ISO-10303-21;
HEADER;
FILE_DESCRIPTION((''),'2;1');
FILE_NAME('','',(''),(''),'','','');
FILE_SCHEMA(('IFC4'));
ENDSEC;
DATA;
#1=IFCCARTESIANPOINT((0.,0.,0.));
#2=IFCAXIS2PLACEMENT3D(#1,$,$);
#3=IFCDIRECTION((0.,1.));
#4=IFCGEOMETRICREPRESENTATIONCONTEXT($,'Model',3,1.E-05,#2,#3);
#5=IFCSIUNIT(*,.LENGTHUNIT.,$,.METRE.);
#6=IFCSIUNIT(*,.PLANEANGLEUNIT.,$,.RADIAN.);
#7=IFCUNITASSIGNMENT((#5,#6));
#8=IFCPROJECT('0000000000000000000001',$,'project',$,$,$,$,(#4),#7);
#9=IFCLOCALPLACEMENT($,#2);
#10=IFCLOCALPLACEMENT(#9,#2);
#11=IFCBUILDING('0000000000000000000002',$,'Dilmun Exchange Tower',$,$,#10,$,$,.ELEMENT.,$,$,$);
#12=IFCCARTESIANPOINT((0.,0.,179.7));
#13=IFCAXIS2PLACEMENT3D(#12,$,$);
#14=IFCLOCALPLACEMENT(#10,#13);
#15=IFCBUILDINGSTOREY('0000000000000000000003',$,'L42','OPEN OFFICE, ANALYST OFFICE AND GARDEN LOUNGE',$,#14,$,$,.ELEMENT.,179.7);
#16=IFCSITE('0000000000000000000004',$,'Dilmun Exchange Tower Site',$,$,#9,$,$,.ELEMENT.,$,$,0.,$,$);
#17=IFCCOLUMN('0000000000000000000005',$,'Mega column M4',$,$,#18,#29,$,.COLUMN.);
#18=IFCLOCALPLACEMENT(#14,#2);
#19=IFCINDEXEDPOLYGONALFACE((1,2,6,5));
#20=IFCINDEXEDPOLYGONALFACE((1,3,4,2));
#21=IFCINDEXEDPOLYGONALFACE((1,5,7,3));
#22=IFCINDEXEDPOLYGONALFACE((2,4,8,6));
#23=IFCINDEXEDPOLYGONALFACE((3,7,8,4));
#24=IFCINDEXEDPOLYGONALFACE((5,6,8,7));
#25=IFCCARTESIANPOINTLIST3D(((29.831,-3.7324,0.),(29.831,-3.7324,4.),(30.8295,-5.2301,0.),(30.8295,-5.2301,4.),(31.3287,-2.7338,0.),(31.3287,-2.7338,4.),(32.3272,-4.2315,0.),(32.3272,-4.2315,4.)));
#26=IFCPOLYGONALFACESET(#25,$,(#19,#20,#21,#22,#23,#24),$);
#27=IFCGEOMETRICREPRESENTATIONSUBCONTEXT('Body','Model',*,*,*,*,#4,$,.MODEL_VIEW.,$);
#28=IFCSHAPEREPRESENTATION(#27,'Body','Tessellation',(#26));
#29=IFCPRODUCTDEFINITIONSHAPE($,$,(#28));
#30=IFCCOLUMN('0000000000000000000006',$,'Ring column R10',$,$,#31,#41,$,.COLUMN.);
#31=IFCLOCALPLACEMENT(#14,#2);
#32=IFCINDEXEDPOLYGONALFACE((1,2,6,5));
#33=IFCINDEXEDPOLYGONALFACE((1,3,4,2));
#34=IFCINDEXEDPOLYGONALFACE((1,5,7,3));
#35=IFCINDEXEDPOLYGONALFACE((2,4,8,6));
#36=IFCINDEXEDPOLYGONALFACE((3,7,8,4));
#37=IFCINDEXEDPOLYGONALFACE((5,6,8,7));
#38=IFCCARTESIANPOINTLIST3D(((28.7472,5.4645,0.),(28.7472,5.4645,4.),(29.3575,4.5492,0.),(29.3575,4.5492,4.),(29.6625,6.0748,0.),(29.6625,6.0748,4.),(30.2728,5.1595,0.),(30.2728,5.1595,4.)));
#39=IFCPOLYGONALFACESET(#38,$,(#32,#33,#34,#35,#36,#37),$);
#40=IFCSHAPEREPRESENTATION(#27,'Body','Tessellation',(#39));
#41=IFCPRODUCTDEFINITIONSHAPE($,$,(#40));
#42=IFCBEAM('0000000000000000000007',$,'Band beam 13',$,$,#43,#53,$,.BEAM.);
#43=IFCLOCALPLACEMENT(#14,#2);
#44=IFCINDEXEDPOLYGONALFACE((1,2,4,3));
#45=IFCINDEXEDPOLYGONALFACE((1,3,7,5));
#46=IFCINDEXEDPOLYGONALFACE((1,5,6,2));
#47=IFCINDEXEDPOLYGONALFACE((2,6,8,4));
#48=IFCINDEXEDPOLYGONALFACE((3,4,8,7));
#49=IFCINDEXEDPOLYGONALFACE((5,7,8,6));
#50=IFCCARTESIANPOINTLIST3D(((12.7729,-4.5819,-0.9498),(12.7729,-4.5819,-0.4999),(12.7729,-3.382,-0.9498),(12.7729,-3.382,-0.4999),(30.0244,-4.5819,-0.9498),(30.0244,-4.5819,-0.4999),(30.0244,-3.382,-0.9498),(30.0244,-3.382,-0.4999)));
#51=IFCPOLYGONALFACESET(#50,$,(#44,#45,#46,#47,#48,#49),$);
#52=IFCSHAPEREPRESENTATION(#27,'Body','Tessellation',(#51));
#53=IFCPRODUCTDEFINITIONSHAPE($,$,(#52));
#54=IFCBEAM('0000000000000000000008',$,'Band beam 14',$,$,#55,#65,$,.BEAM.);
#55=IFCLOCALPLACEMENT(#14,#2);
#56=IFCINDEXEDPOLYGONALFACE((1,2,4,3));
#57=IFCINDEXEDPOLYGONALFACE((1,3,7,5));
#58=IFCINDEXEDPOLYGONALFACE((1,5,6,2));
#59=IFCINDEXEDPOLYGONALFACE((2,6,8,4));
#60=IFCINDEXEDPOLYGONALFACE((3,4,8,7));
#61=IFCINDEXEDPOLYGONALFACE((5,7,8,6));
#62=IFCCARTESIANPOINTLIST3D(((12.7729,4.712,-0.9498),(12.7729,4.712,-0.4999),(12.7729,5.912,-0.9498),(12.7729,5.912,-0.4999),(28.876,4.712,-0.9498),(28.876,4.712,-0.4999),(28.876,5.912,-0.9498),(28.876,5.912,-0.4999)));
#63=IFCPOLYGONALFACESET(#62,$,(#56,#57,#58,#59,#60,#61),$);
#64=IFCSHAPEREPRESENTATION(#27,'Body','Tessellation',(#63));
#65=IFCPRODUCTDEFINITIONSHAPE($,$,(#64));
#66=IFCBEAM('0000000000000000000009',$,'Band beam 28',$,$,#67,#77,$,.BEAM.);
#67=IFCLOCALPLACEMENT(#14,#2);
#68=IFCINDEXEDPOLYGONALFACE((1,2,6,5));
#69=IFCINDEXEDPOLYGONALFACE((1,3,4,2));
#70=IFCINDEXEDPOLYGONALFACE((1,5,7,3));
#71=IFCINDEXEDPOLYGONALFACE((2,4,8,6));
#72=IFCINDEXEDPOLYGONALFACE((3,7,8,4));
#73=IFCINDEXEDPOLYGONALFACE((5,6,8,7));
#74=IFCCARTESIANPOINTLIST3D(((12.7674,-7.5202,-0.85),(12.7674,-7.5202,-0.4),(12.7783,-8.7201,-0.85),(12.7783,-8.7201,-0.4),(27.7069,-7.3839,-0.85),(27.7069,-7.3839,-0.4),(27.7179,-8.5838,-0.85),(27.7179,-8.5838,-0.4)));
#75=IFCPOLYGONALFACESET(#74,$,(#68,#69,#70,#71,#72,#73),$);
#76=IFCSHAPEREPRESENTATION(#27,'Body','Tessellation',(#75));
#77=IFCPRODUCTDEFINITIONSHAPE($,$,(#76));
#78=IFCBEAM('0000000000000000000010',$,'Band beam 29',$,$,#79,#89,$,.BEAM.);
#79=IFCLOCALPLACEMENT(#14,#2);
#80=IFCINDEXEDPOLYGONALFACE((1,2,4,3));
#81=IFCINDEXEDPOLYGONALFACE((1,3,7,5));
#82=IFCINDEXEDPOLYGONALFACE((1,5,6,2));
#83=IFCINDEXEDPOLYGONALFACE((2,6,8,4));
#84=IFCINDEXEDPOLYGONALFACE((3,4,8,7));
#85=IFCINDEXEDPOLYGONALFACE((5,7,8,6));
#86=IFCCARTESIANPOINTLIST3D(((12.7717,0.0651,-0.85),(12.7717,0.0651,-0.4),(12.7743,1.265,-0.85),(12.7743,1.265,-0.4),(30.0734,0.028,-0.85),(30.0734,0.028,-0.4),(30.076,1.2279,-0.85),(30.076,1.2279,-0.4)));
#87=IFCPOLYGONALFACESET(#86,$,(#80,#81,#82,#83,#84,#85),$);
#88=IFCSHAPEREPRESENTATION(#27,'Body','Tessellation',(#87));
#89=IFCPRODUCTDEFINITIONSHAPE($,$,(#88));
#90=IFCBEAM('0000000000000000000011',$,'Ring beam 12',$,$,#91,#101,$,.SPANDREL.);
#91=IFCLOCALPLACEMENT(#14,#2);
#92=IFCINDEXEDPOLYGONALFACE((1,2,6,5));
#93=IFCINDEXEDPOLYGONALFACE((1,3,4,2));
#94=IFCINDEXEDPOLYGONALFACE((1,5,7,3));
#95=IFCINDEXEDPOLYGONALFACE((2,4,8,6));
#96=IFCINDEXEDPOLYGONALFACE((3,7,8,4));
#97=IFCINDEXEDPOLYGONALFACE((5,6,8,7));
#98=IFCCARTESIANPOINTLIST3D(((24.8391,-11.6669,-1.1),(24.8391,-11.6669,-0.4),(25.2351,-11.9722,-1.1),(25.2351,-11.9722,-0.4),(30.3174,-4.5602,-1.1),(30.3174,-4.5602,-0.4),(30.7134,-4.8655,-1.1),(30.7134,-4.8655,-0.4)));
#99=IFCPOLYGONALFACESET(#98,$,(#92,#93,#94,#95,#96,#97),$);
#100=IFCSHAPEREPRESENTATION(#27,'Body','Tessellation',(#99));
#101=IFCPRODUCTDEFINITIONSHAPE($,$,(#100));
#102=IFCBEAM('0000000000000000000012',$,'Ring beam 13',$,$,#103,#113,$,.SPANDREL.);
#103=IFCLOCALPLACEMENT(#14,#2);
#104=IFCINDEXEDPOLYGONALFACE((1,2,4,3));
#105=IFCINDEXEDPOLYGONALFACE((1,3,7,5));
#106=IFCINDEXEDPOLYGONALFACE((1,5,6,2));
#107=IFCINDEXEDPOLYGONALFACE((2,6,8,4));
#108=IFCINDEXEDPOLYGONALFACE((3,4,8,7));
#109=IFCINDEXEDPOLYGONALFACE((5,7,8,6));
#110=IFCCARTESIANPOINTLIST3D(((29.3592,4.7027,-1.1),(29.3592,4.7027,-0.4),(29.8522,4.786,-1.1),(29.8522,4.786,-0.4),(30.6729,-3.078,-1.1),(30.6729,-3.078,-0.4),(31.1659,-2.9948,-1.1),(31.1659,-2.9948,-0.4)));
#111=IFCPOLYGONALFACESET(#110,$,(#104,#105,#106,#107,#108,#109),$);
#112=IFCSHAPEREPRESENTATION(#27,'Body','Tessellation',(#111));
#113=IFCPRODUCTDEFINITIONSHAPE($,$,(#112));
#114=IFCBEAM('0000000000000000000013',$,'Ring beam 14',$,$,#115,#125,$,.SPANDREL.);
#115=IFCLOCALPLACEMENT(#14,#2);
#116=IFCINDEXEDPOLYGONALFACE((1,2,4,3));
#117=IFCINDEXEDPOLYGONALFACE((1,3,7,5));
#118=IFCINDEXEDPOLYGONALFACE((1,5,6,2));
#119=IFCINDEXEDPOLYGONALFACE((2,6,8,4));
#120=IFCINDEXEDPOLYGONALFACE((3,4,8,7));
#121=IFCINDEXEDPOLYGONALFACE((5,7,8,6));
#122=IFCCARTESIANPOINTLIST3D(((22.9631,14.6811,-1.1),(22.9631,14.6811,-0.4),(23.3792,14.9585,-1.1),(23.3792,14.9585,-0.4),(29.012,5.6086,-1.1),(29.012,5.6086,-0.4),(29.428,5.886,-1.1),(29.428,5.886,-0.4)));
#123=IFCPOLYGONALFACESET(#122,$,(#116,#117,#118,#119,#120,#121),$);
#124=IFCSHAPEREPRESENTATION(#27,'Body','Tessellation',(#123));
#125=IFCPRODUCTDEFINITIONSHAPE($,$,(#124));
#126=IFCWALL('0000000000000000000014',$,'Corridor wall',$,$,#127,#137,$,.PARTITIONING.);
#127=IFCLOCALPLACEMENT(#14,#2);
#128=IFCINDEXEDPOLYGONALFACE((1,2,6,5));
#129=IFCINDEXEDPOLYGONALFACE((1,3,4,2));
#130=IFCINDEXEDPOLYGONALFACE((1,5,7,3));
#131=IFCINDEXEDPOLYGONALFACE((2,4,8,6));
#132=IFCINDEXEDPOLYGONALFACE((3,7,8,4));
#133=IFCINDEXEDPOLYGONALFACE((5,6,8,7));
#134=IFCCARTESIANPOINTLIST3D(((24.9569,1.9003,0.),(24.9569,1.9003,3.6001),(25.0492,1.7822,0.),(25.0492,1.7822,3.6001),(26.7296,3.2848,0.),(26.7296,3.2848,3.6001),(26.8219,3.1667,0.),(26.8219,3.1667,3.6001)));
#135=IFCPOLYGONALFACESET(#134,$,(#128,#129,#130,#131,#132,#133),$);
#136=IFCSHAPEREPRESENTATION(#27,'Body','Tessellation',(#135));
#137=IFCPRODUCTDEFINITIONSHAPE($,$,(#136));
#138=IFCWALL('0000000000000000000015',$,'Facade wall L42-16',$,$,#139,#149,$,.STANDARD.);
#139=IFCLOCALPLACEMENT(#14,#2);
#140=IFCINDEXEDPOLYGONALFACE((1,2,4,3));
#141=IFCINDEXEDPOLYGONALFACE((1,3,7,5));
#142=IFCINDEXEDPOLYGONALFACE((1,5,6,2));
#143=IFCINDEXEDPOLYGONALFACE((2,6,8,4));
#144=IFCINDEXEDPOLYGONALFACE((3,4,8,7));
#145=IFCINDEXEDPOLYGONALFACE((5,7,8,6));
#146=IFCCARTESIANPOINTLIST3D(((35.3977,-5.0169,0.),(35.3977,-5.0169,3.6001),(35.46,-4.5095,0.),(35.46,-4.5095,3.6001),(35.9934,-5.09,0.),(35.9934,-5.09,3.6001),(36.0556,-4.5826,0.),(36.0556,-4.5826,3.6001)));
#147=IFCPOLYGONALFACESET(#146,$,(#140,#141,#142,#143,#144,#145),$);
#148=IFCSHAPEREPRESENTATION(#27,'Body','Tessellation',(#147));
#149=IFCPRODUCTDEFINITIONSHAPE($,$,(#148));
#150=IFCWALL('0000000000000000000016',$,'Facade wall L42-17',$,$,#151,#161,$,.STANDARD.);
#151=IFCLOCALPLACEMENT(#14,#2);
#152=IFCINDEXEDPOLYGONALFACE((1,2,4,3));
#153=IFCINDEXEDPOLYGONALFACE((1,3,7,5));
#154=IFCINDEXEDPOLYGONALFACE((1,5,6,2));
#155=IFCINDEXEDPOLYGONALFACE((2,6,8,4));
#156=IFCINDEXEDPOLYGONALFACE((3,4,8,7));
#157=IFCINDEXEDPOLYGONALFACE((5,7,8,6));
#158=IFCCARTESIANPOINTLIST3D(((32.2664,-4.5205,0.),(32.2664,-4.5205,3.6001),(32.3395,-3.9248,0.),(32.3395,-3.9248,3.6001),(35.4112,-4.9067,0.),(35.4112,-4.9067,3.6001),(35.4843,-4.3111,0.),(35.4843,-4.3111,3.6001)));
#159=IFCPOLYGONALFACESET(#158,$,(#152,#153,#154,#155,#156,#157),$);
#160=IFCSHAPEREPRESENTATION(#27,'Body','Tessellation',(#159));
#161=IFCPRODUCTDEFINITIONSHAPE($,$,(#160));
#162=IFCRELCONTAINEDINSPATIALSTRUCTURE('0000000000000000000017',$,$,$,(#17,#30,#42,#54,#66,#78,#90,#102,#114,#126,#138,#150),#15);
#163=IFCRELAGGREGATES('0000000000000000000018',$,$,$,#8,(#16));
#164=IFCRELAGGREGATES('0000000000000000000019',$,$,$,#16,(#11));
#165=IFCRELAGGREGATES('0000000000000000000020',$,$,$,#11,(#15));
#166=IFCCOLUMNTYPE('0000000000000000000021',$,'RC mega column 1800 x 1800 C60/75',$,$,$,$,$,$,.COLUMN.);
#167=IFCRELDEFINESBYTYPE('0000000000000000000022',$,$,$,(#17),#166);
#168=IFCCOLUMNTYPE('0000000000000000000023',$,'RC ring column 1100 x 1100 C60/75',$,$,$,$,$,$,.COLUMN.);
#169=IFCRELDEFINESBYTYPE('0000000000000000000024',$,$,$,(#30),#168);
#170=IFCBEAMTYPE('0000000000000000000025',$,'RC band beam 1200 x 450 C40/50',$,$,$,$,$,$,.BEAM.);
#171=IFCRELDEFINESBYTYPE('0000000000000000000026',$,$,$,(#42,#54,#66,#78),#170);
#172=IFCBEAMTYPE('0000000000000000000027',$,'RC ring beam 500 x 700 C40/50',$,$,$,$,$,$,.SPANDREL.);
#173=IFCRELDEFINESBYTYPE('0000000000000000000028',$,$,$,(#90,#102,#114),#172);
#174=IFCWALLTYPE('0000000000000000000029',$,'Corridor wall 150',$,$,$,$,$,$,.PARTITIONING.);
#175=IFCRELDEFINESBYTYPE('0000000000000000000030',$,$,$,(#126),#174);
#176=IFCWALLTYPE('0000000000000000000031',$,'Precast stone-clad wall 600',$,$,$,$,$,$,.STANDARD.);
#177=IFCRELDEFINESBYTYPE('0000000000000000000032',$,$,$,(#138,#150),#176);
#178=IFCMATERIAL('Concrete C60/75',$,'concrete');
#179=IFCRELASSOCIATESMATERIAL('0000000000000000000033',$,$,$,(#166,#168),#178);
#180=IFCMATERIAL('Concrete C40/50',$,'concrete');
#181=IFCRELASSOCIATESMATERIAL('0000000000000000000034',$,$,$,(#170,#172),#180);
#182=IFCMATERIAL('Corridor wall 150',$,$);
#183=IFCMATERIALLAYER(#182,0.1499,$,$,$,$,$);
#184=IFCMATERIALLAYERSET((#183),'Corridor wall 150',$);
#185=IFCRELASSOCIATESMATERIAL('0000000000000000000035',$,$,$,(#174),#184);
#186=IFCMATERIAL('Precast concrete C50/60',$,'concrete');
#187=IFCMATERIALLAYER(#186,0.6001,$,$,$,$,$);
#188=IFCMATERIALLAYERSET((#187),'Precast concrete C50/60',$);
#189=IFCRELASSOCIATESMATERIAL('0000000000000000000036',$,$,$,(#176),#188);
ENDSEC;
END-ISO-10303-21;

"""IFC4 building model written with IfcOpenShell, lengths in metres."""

from ifc_helpers import new_model, si_unit, direction, frame, frame_2d, origin, origin_2d, place, context, subcontext, project, spatial, rectangle, extrude, material, layer, layer_set, material_profile, profile_set, type_object, element, save


model = new_model("IFC4")

# Units and contexts
model_context = context("Model", 3, precision=1e-05, world=origin(), true_north=direction((0.0, 1.0)))
body_context = subcontext(model_context, "Body", "Model", "MODEL_VIEW")
ifc_project = project(units=[si_unit("LENGTHUNIT", "METRE"), si_unit("PLANEANGLEUNIT", "RADIAN")], contexts=[model_context])

# Site, building, storey
site_placement = place(None, origin())
site = spatial("IfcSite", under=ifc_project, at=site_placement, Name="Dilmun Exchange Tower Site", CompositionType="ELEMENT", RefElevation=0.0)
building_placement = place(site_placement, origin())
building = spatial("IfcBuilding", under=site, at=building_placement, Name="Dilmun Exchange Tower", CompositionType="ELEMENT")
storey_placement = place(building_placement, frame((0.0, 0.0, 179.7)))
storey = spatial("IfcBuildingStorey", under=building, at=storey_placement, Name="L42", Description="OPEN OFFICE, ANALYST OFFICE AND GARDEN LOUNGE", CompositionType="ELEMENT", Elevation=179.7)

# Columns
ifc_material_1 = material(Name="Concrete C60/75", Category="concrete")
ifc_material_profile_1 = material_profile(ifc_material_1, rectangle(XDim=1.8, YDim=1.8, at=origin_2d()), Name="1800 x 1800")
ifc_profile_set_1 = profile_set([ifc_material_profile_1], Name="Concrete C60/75")
column_type_1 = type_object("IfcColumnType", Name="RC mega column 1800 x 1800 C60/75", PredefinedType="COLUMN", material=ifc_profile_set_1)
column_1_placement = place(storey_placement, frame((31.0791, -3.9819, 0.0), z_axis=(0.0, 0.0, 1.0), x_axis=(0.832029, 0.554733, 0.0)))
element("IfcColumn", 1, at=column_1_placement, inside=storey, type_object=column_type_1, Name="Mega column M4", PredefinedType="COLUMN", context=body_context, shape_type="SweptSolid", body=[
    extrude(rectangle(XDim=1.8, YDim=1.8, at=origin_2d()), origin(), (0.0, 0.0, 1.0), 4.0),
])
ifc_material_profile_2 = material_profile(ifc_material_1, rectangle(XDim=1.1001, YDim=1.1001, at=origin_2d()), Name="1100 x 1100")
ifc_profile_set_2 = profile_set([ifc_material_profile_2], Name="Concrete C60/75")
column_type_2 = type_object("IfcColumnType", Name="RC ring column 1100 x 1100 C60/75", PredefinedType="COLUMN", material=ifc_profile_set_2)
column_2_placement = place(storey_placement, frame((29.51, 5.312, 0.0), z_axis=(0.0, 0.0, 1.0), x_axis=(0.832029, 0.554733, 0.0)))
element("IfcColumn", 2, at=column_2_placement, inside=storey, type_object=column_type_2, Name="Ring column R10", PredefinedType="COLUMN", context=body_context, shape_type="SweptSolid", body=[
    extrude(rectangle(XDim=1.1001, YDim=1.1001, at=origin_2d()), origin(), (0.0, 0.0, 1.0), 4.0),
])

# Beams
ifc_material_2 = material(Name="Concrete C40/50", Category="concrete")
ifc_material_profile_3 = material_profile(ifc_material_2, rectangle(XDim=1.2, YDim=0.45, at=origin_2d()), Name="1200 x 450")
ifc_profile_set_3 = profile_set([ifc_material_profile_3], Name="Concrete C40/50")
beam_type_1 = type_object("IfcBeamType", Name="RC band beam 1200 x 450 C40/50", PredefinedType="BEAM", material=ifc_profile_set_3)
beam_1_placement = place(storey_placement, frame((30.0244, -3.9819, -0.7249), z_axis=(-1.0, 0.0, 0.0), x_axis=(0.0, -1.0, 0.0)))
element("IfcBeam", 3, at=beam_1_placement, inside=storey, type_object=beam_type_1, Name="Band beam 13", PredefinedType="BEAM", context=body_context, shape_type="SweptSolid", body=[
    extrude(rectangle(XDim=1.2, YDim=0.45, at=origin_2d()), origin(), (0.0, 0.0, 1.0), 17.2515),
])
beam_2_placement = place(storey_placement, frame((28.876, 5.312, -0.7249), z_axis=(-1.0, 0.0, 0.0), x_axis=(0.0, -1.0, 0.0)))
element("IfcBeam", 4, at=beam_2_placement, inside=storey, type_object=beam_type_1, Name="Band beam 14", PredefinedType="BEAM", context=body_context, shape_type="SweptSolid", body=[
    extrude(rectangle(XDim=1.2, YDim=0.45, at=origin_2d()), origin(), (0.0, 0.0, 1.0), 16.103),
])
beam_3_placement = place(storey_placement, frame((27.7124, -7.9839, -0.625), z_axis=(-0.999958, -0.009118, 0.0), x_axis=(0.009118, -0.999958, 0.0)))
element("IfcBeam", 5, at=beam_3_placement, inside=storey, type_object=beam_type_1, Name="Band beam 28", PredefinedType="BEAM", context=body_context, shape_type="SweptSolid", body=[
    extrude(rectangle(XDim=1.2, YDim=0.45, at=origin_2d()), origin(), (0.0, 0.0, 1.0), 14.9402),
])
beam_4_placement = place(storey_placement, frame((30.0747, 0.6279, -0.625), z_axis=(-0.999998, 0.002145, 0.0), x_axis=(-0.002145, -0.999998, 0.0)))
element("IfcBeam", 6, at=beam_4_placement, inside=storey, type_object=beam_type_1, Name="Band beam 29", PredefinedType="BEAM", context=body_context, shape_type="SweptSolid", body=[
    extrude(rectangle(XDim=1.2, YDim=0.45, at=origin_2d()), origin(), (0.0, 0.0, 1.0), 17.3018),
])
ifc_material_profile_4 = material_profile(ifc_material_2, rectangle(XDim=0.5, YDim=0.7, at=origin_2d()), Name="500 x 700")
ifc_profile_set_4 = profile_set([ifc_material_profile_4], Name="Concrete C40/50")
beam_type_2 = type_object("IfcBeamType", Name="RC ring beam 500 x 700 C40/50", PredefinedType="SPANDREL", material=ifc_profile_set_4)
beam_5_placement = place(storey_placement, frame((25.0371, -11.8196, -0.75), z_axis=(0.610522, 0.792, 0.0), x_axis=(-0.792, 0.610522, 0.0)))
element("IfcBeam", 7, at=beam_5_placement, inside=storey, type_object=beam_type_2, Name="Ring beam 12", PredefinedType="SPANDREL", context=body_context, shape_type="SweptSolid", body=[
    extrude(rectangle(XDim=0.5, YDim=0.7, at=origin_2d()), origin(), (0.0, 0.0, 1.0), 8.9731),
])
beam_6_placement = place(storey_placement, frame((30.9194, -3.0364, -0.75), z_axis=(-0.166486, 0.986044, 0.0), x_axis=(-0.986044, -0.166486, 0.0)))
element("IfcBeam", 8, at=beam_6_placement, inside=storey, type_object=beam_type_2, Name="Ring beam 13", PredefinedType="SPANDREL", context=body_context, shape_type="SweptSolid", body=[
    extrude(rectangle(XDim=0.5, YDim=0.7, at=origin_2d()), origin(), (0.0, 0.0, 1.0), 7.8909),
])
beam_7_placement = place(storey_placement, frame((29.22, 5.7473, -0.75), z_axis=(-0.554731, 0.83203, 0.0), x_axis=(-0.83203, -0.554731, 0.0)))
element("IfcBeam", 9, at=beam_7_placement, inside=storey, type_object=beam_type_2, Name="Ring beam 14", PredefinedType="SPANDREL", context=body_context, shape_type="SweptSolid", body=[
    extrude(rectangle(XDim=0.5, YDim=0.7, at=origin_2d()), origin(), (0.0, 0.0, 1.0), 10.9041),
])

# Walls
ifc_material_3 = material(Name="Corridor wall 150")
ifc_layer_1 = layer(ifc_material_3, 0.1499)
ifc_layer_set_1 = layer_set([ifc_layer_1], Name="Corridor wall 150")
wall_type_1 = type_object("IfcWallType", Name="Corridor wall 150", PredefinedType="PARTITIONING", material=ifc_layer_set_1)
wall_1_placement = place(storey_placement, frame((25.0032, 1.8413, 0.0), z_axis=(0.0, 0.0, 1.0), x_axis=(0.788112, 0.615532, 0.0)))
element("IfcWall", 10, at=wall_1_placement, inside=storey, type_object=wall_type_1, Name="Corridor wall", PredefinedType="PARTITIONING", context=body_context, shape_type="SweptSolid", body=[
    extrude(rectangle(XDim=2.2493, YDim=0.1499, at=frame_2d((1.1245, 0.0))), origin(), (0.0, 0.0, 1.0), 3.6001),
])
ifc_material_4 = material(Name="Precast concrete C50/60", Category="concrete")
ifc_layer_2 = layer(ifc_material_4, 0.6001)
ifc_layer_set_2 = layer_set([ifc_layer_2], Name="Precast concrete C50/60")
wall_type_2 = type_object("IfcWallType", Name="Precast stone-clad wall 600", PredefinedType="STANDARD", material=ifc_layer_set_2)
wall_2_placement = place(storey_placement, frame((35.6956, -5.0535, 0.0), z_axis=(0.0, 0.0, 1.0), x_axis=(0.1218, 0.992555, 0.0)))
element("IfcWall", 11, at=wall_2_placement, inside=storey, type_object=wall_type_2, Name="Facade wall L42-16", PredefinedType="STANDARD", context=body_context, shape_type="SweptSolid", body=[
    extrude(rectangle(XDim=0.5112, YDim=0.6001, at=frame_2d((0.2556, 0.0))), origin(), (0.0, 0.0, 1.0), 3.6001),
])
wall_3_placement = place(storey_placement, frame((35.4478, -4.6089, 0.0), z_axis=(0.0, 0.0, 1.0), x_axis=(-0.992542, 0.121901, 0.0)))
element("IfcWall", 12, at=wall_3_placement, inside=storey, type_object=wall_type_2, Name="Facade wall L42-17", PredefinedType="STANDARD", context=body_context, shape_type="SweptSolid", body=[
    extrude(rectangle(XDim=3.1685, YDim=0.6001, at=frame_2d((1.5842, 0.0))), origin(), (0.0, 0.0, 1.0), 3.6001),
])

save(model, "model.ifc")
